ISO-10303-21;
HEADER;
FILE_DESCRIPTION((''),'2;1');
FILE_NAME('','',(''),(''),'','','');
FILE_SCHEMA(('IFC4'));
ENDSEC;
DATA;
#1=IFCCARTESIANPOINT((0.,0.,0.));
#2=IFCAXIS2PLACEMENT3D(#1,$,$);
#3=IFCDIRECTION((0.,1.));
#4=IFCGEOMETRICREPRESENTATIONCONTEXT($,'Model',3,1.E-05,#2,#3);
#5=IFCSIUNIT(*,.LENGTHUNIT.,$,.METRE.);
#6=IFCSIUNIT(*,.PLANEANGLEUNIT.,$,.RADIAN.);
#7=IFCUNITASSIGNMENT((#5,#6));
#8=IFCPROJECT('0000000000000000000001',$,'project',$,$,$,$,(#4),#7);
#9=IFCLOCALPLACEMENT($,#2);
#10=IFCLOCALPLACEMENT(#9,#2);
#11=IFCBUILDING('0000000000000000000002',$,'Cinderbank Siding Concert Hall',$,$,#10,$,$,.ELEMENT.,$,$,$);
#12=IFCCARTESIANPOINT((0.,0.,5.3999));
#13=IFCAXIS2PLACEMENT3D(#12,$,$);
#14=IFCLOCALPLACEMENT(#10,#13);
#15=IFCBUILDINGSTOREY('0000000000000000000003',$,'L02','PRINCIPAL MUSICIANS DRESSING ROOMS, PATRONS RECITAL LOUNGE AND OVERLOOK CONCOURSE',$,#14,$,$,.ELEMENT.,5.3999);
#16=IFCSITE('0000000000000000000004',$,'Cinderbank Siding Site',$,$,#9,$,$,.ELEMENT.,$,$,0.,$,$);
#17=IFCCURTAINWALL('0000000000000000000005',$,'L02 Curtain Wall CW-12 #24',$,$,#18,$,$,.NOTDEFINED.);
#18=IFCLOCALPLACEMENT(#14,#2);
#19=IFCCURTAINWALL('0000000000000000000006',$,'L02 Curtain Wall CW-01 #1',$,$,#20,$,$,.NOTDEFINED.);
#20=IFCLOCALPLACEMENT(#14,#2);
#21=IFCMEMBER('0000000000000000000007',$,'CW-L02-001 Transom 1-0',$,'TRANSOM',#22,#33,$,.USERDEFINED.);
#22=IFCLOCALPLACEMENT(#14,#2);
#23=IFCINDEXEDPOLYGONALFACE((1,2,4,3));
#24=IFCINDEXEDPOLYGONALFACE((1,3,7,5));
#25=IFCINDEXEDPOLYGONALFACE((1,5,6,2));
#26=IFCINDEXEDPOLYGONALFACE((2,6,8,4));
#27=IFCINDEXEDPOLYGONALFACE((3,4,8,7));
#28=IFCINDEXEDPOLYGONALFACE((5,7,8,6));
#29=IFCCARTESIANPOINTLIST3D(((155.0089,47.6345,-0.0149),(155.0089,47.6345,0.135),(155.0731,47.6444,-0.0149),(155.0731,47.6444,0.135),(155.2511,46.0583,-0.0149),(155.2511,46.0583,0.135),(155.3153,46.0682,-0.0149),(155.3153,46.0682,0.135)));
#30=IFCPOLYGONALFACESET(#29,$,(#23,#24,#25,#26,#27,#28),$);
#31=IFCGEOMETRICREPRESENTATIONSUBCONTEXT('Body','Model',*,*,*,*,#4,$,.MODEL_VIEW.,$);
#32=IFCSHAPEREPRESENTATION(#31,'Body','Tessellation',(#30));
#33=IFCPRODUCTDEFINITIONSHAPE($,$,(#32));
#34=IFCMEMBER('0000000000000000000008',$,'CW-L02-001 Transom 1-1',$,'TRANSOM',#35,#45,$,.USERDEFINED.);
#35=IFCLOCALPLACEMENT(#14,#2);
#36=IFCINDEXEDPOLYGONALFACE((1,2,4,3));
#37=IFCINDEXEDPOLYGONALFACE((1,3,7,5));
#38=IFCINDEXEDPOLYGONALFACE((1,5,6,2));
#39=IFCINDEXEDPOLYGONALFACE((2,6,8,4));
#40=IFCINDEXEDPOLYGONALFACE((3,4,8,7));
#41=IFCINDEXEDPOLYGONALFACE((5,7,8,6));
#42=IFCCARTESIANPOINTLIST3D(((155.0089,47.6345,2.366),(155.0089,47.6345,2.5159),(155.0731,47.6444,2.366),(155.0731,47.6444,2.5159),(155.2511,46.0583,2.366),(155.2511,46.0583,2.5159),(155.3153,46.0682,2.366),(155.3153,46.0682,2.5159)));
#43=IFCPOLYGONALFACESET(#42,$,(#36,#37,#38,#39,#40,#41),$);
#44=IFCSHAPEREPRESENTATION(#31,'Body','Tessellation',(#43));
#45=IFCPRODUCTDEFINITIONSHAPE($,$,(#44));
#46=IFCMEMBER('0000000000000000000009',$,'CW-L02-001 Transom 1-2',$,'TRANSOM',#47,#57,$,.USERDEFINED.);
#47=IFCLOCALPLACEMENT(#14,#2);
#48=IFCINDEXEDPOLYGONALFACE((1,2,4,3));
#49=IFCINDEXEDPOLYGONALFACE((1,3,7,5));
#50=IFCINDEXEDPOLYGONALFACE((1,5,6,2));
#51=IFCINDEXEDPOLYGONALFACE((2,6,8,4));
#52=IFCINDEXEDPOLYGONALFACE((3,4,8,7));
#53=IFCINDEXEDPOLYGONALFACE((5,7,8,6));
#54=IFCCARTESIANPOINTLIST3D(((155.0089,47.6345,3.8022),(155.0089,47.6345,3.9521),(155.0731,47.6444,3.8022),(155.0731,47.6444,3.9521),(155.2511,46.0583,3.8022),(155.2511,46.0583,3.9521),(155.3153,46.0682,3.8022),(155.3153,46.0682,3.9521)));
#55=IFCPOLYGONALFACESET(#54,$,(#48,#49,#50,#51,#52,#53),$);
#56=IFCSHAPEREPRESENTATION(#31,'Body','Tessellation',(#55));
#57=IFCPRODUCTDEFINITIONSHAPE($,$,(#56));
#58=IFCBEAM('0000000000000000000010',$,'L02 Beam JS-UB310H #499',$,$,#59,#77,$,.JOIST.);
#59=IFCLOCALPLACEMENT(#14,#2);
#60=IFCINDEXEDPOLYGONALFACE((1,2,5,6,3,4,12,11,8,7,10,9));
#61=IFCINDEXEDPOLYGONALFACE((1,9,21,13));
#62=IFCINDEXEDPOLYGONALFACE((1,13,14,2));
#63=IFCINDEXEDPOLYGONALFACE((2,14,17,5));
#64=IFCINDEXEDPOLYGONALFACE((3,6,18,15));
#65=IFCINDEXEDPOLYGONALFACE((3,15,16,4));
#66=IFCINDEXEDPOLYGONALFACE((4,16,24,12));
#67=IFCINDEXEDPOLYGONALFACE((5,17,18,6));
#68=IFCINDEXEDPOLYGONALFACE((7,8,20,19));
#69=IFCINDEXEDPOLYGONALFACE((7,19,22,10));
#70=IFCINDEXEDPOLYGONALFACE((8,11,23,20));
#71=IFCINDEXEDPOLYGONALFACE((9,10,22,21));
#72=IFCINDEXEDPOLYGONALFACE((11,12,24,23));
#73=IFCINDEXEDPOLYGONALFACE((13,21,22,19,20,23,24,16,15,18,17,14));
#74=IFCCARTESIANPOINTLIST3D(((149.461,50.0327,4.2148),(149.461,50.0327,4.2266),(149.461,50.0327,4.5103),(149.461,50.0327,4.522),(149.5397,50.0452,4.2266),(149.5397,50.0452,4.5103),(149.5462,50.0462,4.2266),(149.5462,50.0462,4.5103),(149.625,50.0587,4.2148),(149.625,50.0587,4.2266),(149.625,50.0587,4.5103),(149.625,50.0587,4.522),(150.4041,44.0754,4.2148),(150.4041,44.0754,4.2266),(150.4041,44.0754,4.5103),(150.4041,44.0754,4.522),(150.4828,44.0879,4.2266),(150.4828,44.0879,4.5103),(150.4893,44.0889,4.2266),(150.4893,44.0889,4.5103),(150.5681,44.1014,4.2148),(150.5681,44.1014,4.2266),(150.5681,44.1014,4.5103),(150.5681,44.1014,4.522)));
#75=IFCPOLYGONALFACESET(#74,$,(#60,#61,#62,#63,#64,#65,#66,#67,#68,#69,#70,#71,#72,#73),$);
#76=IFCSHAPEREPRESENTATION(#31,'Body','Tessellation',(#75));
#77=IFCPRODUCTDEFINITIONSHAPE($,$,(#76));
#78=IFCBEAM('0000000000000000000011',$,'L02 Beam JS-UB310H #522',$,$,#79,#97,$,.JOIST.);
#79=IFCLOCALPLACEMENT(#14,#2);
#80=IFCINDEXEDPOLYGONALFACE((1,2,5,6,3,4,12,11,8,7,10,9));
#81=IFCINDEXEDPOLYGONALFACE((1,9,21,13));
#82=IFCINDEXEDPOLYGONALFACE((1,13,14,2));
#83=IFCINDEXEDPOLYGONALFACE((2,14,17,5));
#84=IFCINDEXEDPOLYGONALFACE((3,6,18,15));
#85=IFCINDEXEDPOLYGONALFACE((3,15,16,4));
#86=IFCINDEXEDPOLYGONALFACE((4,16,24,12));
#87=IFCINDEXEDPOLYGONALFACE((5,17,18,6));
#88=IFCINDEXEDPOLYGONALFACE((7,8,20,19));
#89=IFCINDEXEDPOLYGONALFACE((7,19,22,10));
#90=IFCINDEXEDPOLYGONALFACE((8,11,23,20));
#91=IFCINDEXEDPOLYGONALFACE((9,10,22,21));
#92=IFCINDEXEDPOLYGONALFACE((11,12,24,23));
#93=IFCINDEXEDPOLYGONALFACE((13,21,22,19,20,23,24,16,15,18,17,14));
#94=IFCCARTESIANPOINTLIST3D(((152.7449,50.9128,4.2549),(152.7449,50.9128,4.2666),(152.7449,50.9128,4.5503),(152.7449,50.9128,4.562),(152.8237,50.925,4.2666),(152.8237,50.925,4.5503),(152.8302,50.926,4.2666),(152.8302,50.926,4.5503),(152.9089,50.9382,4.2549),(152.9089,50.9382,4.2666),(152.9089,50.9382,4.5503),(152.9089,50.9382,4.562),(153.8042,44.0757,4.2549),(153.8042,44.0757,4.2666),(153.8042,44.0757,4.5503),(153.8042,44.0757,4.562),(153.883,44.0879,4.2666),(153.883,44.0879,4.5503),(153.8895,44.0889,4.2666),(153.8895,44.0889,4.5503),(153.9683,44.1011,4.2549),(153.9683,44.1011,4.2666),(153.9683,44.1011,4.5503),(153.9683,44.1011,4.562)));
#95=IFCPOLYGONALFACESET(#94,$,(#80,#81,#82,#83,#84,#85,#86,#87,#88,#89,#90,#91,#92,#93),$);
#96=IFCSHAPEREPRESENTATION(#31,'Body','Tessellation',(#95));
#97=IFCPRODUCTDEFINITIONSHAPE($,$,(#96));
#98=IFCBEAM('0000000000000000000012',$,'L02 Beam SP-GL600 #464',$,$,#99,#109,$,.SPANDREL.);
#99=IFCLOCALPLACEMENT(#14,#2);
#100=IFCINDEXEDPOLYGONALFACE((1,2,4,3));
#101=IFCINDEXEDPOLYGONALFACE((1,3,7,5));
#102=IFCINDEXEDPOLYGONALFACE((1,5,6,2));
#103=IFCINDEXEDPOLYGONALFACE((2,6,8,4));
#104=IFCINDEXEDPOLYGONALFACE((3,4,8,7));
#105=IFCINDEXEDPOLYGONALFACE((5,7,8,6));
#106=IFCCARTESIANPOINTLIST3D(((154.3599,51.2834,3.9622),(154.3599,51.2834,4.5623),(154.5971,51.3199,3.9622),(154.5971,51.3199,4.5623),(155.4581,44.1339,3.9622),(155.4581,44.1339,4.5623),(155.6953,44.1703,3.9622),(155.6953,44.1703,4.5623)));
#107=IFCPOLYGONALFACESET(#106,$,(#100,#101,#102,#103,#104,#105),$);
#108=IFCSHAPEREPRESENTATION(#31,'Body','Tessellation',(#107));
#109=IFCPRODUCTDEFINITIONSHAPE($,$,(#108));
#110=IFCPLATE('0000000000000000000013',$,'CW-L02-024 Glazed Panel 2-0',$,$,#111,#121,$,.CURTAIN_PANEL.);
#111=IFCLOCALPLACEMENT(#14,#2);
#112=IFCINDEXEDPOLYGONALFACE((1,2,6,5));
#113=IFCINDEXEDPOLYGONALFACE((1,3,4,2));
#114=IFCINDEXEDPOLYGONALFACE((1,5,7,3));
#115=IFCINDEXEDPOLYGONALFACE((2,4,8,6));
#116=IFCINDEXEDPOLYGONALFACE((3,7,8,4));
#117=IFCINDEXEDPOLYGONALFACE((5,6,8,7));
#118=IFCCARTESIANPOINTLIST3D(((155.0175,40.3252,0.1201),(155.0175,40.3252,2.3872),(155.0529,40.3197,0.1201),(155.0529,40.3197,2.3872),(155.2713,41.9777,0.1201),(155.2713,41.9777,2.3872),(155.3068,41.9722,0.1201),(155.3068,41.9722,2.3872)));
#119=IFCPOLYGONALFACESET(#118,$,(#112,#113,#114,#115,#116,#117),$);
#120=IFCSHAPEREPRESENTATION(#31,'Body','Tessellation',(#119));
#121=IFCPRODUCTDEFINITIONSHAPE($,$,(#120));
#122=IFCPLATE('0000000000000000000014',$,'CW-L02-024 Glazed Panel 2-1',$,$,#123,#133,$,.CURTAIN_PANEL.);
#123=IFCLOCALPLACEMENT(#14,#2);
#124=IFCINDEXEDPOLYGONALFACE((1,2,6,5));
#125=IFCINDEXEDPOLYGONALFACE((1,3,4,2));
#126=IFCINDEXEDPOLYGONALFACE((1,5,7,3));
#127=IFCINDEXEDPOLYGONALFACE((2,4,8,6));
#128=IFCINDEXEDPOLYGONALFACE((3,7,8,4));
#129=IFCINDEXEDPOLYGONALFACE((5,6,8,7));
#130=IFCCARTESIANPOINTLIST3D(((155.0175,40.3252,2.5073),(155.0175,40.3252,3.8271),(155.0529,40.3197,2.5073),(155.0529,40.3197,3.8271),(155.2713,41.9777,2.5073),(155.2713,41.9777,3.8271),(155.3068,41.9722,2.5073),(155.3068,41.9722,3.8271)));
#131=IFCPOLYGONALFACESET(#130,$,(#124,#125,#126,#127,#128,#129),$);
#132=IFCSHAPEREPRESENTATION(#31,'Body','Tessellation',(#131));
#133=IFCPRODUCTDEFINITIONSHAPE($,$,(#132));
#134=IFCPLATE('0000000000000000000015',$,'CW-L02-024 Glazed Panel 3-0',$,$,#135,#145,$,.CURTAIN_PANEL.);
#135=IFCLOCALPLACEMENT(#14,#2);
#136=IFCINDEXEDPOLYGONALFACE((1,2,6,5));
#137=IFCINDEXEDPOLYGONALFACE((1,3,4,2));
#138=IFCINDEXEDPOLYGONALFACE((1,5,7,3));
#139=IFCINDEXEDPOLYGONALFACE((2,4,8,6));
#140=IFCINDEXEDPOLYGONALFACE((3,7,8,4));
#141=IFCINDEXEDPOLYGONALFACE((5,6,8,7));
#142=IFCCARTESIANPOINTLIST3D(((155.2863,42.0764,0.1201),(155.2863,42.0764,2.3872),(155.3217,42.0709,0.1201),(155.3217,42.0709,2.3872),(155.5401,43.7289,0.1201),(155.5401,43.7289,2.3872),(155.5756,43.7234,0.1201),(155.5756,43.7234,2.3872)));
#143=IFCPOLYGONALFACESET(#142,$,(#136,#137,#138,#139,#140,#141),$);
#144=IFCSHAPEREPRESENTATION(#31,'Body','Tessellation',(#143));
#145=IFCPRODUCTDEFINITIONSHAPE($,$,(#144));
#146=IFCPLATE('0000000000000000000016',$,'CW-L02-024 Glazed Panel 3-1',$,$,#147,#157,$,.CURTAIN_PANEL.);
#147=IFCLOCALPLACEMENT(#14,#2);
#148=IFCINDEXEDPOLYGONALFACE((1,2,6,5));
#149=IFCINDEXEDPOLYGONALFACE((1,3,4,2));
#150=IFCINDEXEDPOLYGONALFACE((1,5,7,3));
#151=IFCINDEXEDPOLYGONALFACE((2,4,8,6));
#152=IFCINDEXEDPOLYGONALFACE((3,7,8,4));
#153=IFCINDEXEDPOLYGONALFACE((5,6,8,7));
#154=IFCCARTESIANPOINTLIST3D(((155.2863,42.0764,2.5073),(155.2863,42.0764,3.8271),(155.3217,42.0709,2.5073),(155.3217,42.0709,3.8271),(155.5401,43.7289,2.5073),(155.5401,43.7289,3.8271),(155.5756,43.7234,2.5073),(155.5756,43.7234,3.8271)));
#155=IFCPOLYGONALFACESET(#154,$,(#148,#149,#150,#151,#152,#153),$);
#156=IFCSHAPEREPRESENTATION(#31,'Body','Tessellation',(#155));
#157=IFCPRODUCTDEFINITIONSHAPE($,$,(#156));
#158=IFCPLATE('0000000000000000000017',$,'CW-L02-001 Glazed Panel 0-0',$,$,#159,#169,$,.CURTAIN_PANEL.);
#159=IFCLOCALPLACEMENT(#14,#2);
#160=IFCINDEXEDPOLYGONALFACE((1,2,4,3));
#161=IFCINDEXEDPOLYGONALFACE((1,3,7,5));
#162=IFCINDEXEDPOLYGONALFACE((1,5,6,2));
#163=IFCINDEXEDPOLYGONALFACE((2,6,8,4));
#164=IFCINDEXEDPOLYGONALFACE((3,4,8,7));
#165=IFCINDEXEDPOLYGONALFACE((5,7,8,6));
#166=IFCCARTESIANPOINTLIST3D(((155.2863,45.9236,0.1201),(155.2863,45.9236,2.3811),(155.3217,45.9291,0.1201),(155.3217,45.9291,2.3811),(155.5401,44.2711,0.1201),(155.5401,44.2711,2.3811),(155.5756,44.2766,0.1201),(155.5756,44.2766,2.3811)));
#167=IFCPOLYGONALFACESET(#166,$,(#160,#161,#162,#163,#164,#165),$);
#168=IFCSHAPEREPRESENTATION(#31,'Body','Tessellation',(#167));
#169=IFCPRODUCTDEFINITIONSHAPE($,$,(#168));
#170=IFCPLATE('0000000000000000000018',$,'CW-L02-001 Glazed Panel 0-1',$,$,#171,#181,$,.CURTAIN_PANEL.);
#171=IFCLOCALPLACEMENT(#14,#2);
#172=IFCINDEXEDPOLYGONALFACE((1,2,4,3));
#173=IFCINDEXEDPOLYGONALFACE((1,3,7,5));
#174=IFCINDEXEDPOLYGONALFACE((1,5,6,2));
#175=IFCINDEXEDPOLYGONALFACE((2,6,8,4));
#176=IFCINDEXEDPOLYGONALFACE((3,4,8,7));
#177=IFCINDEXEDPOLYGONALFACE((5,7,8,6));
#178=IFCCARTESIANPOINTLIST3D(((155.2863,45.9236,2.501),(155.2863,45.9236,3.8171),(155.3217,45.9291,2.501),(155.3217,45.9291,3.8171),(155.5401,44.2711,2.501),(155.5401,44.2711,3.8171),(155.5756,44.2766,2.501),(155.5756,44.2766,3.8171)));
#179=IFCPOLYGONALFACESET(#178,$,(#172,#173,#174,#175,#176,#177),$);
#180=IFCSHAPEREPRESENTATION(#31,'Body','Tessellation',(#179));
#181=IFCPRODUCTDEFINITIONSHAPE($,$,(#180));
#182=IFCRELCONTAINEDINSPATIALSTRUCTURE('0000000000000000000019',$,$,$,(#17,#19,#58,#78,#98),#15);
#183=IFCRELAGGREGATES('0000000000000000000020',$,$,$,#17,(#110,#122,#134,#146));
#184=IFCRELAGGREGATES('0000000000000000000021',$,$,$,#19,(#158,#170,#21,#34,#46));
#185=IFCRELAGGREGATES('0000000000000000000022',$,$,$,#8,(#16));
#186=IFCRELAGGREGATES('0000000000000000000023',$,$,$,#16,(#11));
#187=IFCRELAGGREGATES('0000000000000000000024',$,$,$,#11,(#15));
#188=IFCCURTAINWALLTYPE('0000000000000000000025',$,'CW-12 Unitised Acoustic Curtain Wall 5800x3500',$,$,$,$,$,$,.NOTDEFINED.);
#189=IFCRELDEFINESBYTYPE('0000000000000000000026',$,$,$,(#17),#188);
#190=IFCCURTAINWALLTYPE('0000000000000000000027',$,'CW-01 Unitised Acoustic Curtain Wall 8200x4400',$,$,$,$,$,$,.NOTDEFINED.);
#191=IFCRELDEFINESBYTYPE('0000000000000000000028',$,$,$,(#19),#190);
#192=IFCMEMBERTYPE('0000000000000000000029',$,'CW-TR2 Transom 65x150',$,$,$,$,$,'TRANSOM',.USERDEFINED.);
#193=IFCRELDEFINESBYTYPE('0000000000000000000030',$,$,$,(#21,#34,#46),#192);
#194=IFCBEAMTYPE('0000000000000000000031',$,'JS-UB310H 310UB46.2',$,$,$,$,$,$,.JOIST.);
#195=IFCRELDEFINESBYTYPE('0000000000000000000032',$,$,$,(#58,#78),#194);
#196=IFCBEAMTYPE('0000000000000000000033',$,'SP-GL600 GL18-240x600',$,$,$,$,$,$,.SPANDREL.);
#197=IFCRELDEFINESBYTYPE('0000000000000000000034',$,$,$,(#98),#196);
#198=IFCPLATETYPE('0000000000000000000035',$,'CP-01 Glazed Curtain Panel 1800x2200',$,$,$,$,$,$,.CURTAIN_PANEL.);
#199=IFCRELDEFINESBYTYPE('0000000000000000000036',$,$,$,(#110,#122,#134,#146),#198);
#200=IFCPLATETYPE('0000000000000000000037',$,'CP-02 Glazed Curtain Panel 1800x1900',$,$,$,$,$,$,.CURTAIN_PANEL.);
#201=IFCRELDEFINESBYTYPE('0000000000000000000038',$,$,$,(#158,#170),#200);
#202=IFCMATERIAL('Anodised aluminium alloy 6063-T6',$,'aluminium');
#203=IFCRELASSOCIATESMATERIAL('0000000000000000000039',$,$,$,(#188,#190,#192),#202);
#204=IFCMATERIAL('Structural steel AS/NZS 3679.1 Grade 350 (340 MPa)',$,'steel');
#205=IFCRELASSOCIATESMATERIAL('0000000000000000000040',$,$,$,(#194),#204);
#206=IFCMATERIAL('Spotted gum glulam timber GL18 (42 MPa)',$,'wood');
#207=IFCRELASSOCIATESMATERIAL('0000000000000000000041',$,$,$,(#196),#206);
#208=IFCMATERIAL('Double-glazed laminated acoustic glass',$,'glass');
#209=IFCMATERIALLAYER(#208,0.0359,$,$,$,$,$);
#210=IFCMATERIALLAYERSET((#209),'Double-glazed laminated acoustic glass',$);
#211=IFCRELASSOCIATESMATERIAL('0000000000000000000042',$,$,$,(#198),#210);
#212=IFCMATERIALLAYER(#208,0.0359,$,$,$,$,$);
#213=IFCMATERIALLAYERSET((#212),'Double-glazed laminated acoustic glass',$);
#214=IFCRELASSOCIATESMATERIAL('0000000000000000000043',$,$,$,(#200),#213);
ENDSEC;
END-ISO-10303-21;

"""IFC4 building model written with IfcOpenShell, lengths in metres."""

from ifc_helpers import new_model, si_unit, direction, frame, origin, origin_2d, place, context, subcontext, project, spatial, rectangle, i_section, extrude, material, layer, layer_set, material_profile, profile_set, type_object, element, aggregate, save


model = new_model("IFC4")

# Units and contexts
model_context = context("Model", 3, precision=1e-05, world=origin(), true_north=direction((0.0, 1.0)))
body_context = subcontext(model_context, "Body", "Model", "MODEL_VIEW")
ifc_project = project(units=[si_unit("LENGTHUNIT", "METRE"), si_unit("PLANEANGLEUNIT", "RADIAN")], contexts=[model_context])

# Site, building, storey
site_placement = place(None, origin())
site = spatial("IfcSite", under=ifc_project, at=site_placement, Name="Cinderbank Siding Site", CompositionType="ELEMENT", RefElevation=0.0)
building_placement = place(site_placement, origin())
building = spatial("IfcBuilding", under=site, at=building_placement, Name="Cinderbank Siding Concert Hall", CompositionType="ELEMENT")
storey_placement = place(building_placement, frame((0.0, 0.0, 5.3999)))
storey = spatial("IfcBuildingStorey", under=building, at=storey_placement, Name="L02", Description="PRINCIPAL MUSICIANS DRESSING ROOMS, PATRONS RECITAL LOUNGE AND OVERLOOK CONCOURSE", CompositionType="ELEMENT", Elevation=5.3999)

# Shared definitions
ifc_material_1 = material(Name="Structural steel AS/NZS 3679.1 Grade 350 (340 MPa)", Category="steel")

# Curtain walls
ifc_material_2 = material(Name="Anodised aluminium alloy 6063-T6", Category="aluminium")
curtain_wall_type_1 = type_object("IfcCurtainWallType", Name="CW-12 Unitised Acoustic Curtain Wall 5800x3500", PredefinedType="NOTDEFINED", material=ifc_material_2)
curtain_wall_1_placement = place(storey_placement, origin())
curtain_wall_1 = element("IfcCurtainWall", 1, at=curtain_wall_1_placement, inside=storey, type_object=curtain_wall_type_1, Name="L02 Curtain Wall CW-12 #24", PredefinedType="NOTDEFINED")
curtain_wall_type_2 = type_object("IfcCurtainWallType", Name="CW-01 Unitised Acoustic Curtain Wall 8200x4400", PredefinedType="NOTDEFINED", material=ifc_material_2)
curtain_wall_2_placement = place(storey_placement, origin())
curtain_wall_2 = element("IfcCurtainWall", 2, at=curtain_wall_2_placement, inside=storey, type_object=curtain_wall_type_2, Name="L02 Curtain Wall CW-01 #1", PredefinedType="NOTDEFINED")

# Members
ifc_material_profile_1 = material_profile(ifc_material_2, rectangle(XDim=0.0649, YDim=0.1499, at=origin_2d()), Name="ALU-TRAN-65x150", Category="LoadBearing")
ifc_profile_set_1 = profile_set([ifc_material_profile_1], Name="Anodised aluminium alloy 6063-T6")
member_type_1 = type_object("IfcMemberType", Name="CW-TR2 Transom 65x150", ElementType="TRANSOM", PredefinedType="USERDEFINED", material=ifc_profile_set_1)
member_1_placement = place(storey_placement, frame((155.2832, 46.0632, 0.0601), z_axis=(-0.151873, 0.9884, 0.0), x_axis=(-0.9884, -0.151873, 0.0)))
member_1 = element("IfcMember", 3, at=member_1_placement, type_object=member_type_1, Name="CW-L02-001 Transom 1-0", ObjectType="TRANSOM", PredefinedType="USERDEFINED", context=body_context, shape_type="SweptSolid", body=[
    extrude(rectangle(XDim=0.0649, YDim=0.1499, at=origin_2d()), origin(), (0.0, 0.0, 1.0), 1.5947),
])
member_2_placement = place(storey_placement, frame((155.2832, 46.0632, 2.4409), z_axis=(-0.151873, 0.9884, 0.0), x_axis=(-0.9884, -0.151873, 0.0)))
member_2 = element("IfcMember", 4, at=member_2_placement, type_object=member_type_1, Name="CW-L02-001 Transom 1-1", ObjectType="TRANSOM", PredefinedType="USERDEFINED", context=body_context, shape_type="SweptSolid", body=[
    extrude(rectangle(XDim=0.0649, YDim=0.1499, at=origin_2d()), origin(), (0.0, 0.0, 1.0), 1.5947),
])
member_3_placement = place(storey_placement, frame((155.2832, 46.0632, 3.8772), z_axis=(-0.151873, 0.9884, 0.0), x_axis=(-0.9884, -0.151873, 0.0)))
member_3 = element("IfcMember", 5, at=member_3_placement, type_object=member_type_1, Name="CW-L02-001 Transom 1-2", ObjectType="TRANSOM", PredefinedType="USERDEFINED", context=body_context, shape_type="SweptSolid", body=[
    extrude(rectangle(XDim=0.0649, YDim=0.1499, at=origin_2d()), origin(), (0.0, 0.0, 1.0), 1.5947),
])

# Beams
ifc_material_profile_2 = material_profile(ifc_material_1, i_section(OverallWidth=0.166, OverallDepth=0.3071, WebThickness=0.0066, FlangeThickness=0.0117, at=origin_2d()), Name="310UB46.2", Category="LoadBearing")
ifc_profile_set_2 = profile_set([ifc_material_profile_2], Name="Structural steel AS/NZS 3679.1 Grade 350 (340 MPa)")
beam_type_1 = type_object("IfcBeamType", Name="JS-UB310H 310UB46.2", PredefinedType="JOIST", material=ifc_profile_set_2)
beam_1_placement = place(storey_placement, frame((150.4861, 44.0884, 4.3684), z_axis=(-0.156366, 0.987699, 0.0), x_axis=(-0.987699, -0.156366, 0.0)))
element("IfcBeam", 6, at=beam_1_placement, inside=storey, type_object=beam_type_1, Name="L02 Beam JS-UB310H #499", PredefinedType="JOIST", context=body_context, shape_type="SweptSolid", body=[
    extrude(i_section(OverallWidth=0.166, OverallDepth=0.3071, WebThickness=0.0066, FlangeThickness=0.0117, at=origin_2d()), origin(), (0.0, 0.0, 1.0), 6.0315),
])
beam_2_placement = place(storey_placement, frame((153.8862, 44.0884, 4.4084), z_axis=(-0.15311, 0.988209, 0.0), x_axis=(-0.988209, -0.15311, 0.0)))
element("IfcBeam", 7, at=beam_2_placement, inside=storey, type_object=beam_type_1, Name="L02 Beam JS-UB310H #522", PredefinedType="JOIST", context=body_context, shape_type="SweptSolid", body=[
    extrude(i_section(OverallWidth=0.166, OverallDepth=0.3071, WebThickness=0.0066, FlangeThickness=0.0117, at=origin_2d()), origin(), (0.0, 0.0, 1.0), 6.9187),
])
ifc_material_3 = material(Name="Spotted gum glulam timber GL18 (42 MPa)", Category="wood")
ifc_material_profile_3 = material_profile(ifc_material_3, rectangle(XDim=0.24, YDim=0.6001, at=origin_2d()), Name="GL18-240x600", Category="LoadBearing")
ifc_profile_set_3 = profile_set([ifc_material_profile_3], Name="Spotted gum glulam timber GL18 (42 MPa)")
beam_type_2 = type_object("IfcBeamType", Name="SP-GL600 GL18-240x600", PredefinedType="SPANDREL", material=ifc_profile_set_3)
beam_3_placement = place(storey_placement, frame((155.5767, 44.1521, 4.2622), z_axis=(-0.151814, 0.988409, 0.0), x_axis=(-0.988409, -0.151814, 0.0)))
element("IfcBeam", 8, at=beam_3_placement, inside=storey, type_object=beam_type_2, Name="L02 Beam SP-GL600 #464", PredefinedType="SPANDREL", context=body_context, shape_type="SweptSolid", body=[
    extrude(rectangle(XDim=0.24, YDim=0.6001, at=origin_2d()), origin(), (0.0, 0.0, 1.0), 7.2334),
])

# Plates
ifc_material_4 = material(Name="Double-glazed laminated acoustic glass", Category="glass")
ifc_layer_1 = layer(ifc_material_4, 0.0359)
ifc_layer_set_1 = layer_set([ifc_layer_1], Name="Double-glazed laminated acoustic glass")
plate_type_1 = type_object("IfcPlateType", Name="CP-01 Glazed Curtain Panel 1800x2200", PredefinedType="CURTAIN_PANEL", material=ifc_layer_set_1)
plate_1_placement = place(storey_placement, frame((155.1621, 41.1487, 0.1201), z_axis=(0.0, 0.0, 1.0), x_axis=(0.151815, 0.988409, 0.0)))
plate_1 = element("IfcPlate", 9, at=plate_1_placement, type_object=plate_type_1, Name="CW-L02-024 Glazed Panel 2-0", PredefinedType="CURTAIN_PANEL", context=body_context, shape_type="SweptSolid", body=[
    extrude(rectangle(XDim=1.6719, YDim=0.0359, at=origin_2d()), origin(), (0.0, 0.0, 1.0), 2.2671),
])
plate_2_placement = place(storey_placement, frame((155.1621, 41.1487, 2.5073), z_axis=(0.0, 0.0, 1.0), x_axis=(0.151815, 0.988409, 0.0)))
plate_2 = element("IfcPlate", 10, at=plate_2_placement, type_object=plate_type_1, Name="CW-L02-024 Glazed Panel 2-1", PredefinedType="CURTAIN_PANEL", context=body_context, shape_type="SweptSolid", body=[
    extrude(rectangle(XDim=1.6719, YDim=0.0359, at=origin_2d()), origin(), (0.0, 0.0, 1.0), 1.3198),
])
plate_3_placement = place(storey_placement, frame((155.4309, 42.8999, 0.1201), z_axis=(0.0, 0.0, 1.0), x_axis=(0.151815, 0.988409, 0.0)))
plate_3 = element("IfcPlate", 11, at=plate_3_placement, type_object=plate_type_1, Name="CW-L02-024 Glazed Panel 3-0", PredefinedType="CURTAIN_PANEL", context=body_context, shape_type="SweptSolid", body=[
    extrude(rectangle(XDim=1.6719, YDim=0.0359, at=origin_2d()), origin(), (0.0, 0.0, 1.0), 2.2671),
])
plate_4_placement = place(storey_placement, frame((155.4309, 42.8999, 2.5073), z_axis=(0.0, 0.0, 1.0), x_axis=(0.151815, 0.988409, 0.0)))
plate_4 = element("IfcPlate", 12, at=plate_4_placement, type_object=plate_type_1, Name="CW-L02-024 Glazed Panel 3-1", PredefinedType="CURTAIN_PANEL", context=body_context, shape_type="SweptSolid", body=[
    extrude(rectangle(XDim=1.6719, YDim=0.0359, at=origin_2d()), origin(), (0.0, 0.0, 1.0), 1.3198),
])
aggregate(curtain_wall_1, [plate_1, plate_2, plate_3, plate_4])
ifc_layer_2 = layer(ifc_material_4, 0.0359)
ifc_layer_set_2 = layer_set([ifc_layer_2], Name="Double-glazed laminated acoustic glass")
plate_type_2 = type_object("IfcPlateType", Name="CP-02 Glazed Curtain Panel 1800x1900", PredefinedType="CURTAIN_PANEL", material=ifc_layer_set_2)
plate_5_placement = place(storey_placement, frame((155.4309, 45.1001, 0.1201), z_axis=(0.0, 0.0, 1.0), x_axis=(-0.151815, 0.988409, 0.0)))
plate_5 = element("IfcPlate", 13, at=plate_5_placement, type_object=plate_type_2, Name="CW-L02-001 Glazed Panel 0-0", PredefinedType="CURTAIN_PANEL", context=body_context, shape_type="SweptSolid", body=[
    extrude(rectangle(XDim=1.6719, YDim=0.0359, at=origin_2d()), origin(), (0.0, 0.0, 1.0), 2.261),
])
plate_6_placement = place(storey_placement, frame((155.4309, 45.1001, 2.501), z_axis=(0.0, 0.0, 1.0), x_axis=(-0.151815, 0.988409, 0.0)))
plate_6 = element("IfcPlate", 14, at=plate_6_placement, type_object=plate_type_2, Name="CW-L02-001 Glazed Panel 0-1", PredefinedType="CURTAIN_PANEL", context=body_context, shape_type="SweptSolid", body=[
    extrude(rectangle(XDim=1.6719, YDim=0.0359, at=origin_2d()), origin(), (0.0, 0.0, 1.0), 1.3162),
])
aggregate(curtain_wall_2, [plate_5, plate_6, member_1, member_2, member_3])

save(model, "model.ifc")
